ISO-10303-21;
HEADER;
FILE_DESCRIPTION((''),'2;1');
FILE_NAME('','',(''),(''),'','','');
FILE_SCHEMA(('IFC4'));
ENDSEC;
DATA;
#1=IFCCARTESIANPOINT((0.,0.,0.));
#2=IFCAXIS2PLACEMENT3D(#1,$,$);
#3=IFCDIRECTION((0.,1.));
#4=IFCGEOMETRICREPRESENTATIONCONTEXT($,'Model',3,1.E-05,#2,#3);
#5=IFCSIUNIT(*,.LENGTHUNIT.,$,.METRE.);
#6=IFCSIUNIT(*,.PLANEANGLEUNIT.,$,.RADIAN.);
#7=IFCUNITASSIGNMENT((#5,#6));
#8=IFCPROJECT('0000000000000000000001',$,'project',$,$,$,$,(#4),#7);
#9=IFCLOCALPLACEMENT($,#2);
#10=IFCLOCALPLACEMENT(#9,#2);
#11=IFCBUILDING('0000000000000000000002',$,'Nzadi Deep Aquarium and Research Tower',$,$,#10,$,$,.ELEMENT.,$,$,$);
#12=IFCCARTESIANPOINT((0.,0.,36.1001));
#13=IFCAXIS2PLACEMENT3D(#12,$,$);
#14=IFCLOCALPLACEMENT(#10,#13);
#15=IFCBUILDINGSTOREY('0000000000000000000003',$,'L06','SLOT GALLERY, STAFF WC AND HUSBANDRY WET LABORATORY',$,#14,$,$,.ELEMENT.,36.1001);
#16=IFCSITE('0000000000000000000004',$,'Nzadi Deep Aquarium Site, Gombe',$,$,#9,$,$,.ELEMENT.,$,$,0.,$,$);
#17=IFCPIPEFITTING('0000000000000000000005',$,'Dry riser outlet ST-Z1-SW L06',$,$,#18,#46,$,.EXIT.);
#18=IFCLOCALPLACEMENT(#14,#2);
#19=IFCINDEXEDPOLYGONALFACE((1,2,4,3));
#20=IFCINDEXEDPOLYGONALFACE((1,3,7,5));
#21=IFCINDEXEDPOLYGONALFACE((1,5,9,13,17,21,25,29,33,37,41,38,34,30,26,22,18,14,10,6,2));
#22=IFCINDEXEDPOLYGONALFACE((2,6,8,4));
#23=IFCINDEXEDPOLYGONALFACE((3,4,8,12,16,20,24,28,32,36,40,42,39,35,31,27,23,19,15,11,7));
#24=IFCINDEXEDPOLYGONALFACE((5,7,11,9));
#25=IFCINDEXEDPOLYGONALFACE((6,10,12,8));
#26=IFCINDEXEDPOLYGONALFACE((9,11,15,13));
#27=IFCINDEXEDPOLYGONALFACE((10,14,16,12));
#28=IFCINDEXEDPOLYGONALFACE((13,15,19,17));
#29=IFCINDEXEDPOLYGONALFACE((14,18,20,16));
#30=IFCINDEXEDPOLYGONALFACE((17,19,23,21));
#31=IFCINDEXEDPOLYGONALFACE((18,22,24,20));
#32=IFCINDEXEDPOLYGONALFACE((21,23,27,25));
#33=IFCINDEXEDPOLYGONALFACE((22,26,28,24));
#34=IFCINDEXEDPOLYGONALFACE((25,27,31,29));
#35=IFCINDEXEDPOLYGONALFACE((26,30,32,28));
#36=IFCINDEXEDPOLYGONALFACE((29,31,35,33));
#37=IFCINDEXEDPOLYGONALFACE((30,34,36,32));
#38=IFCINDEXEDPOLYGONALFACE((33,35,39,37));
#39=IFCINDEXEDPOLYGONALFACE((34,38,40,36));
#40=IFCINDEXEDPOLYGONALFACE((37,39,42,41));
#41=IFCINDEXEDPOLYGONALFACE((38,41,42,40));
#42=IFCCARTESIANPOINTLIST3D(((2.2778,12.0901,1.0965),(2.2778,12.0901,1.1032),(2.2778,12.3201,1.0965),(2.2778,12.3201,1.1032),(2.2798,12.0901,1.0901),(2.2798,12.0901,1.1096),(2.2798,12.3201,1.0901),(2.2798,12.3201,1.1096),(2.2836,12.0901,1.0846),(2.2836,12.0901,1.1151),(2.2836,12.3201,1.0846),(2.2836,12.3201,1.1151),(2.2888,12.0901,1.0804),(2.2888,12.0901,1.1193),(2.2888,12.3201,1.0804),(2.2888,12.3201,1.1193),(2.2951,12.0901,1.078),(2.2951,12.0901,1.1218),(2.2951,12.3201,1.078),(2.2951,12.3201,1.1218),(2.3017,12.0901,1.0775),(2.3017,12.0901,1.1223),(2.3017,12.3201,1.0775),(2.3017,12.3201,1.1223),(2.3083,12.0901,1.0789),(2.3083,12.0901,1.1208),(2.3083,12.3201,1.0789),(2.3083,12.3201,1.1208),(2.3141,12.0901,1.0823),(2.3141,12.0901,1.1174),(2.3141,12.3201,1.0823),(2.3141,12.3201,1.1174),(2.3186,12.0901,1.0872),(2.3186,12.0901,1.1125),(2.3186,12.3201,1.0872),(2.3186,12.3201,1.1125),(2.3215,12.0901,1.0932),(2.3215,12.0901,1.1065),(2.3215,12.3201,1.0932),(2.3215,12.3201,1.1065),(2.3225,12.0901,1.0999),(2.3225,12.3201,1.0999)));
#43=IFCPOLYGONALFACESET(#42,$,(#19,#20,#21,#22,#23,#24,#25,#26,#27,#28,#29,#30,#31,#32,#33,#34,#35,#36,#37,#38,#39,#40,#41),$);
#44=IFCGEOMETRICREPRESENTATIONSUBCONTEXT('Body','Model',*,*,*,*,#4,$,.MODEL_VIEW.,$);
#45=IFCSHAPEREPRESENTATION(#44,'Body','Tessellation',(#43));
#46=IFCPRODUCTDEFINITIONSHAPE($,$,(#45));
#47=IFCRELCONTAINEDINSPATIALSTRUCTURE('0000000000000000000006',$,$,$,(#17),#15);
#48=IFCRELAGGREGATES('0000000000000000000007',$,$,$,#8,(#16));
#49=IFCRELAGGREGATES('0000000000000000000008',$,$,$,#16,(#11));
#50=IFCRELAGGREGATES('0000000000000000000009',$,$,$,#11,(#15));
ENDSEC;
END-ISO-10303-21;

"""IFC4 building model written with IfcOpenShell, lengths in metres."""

from ifc_helpers import new_model, si_unit, direction, frame, origin, origin_2d, place, context, subcontext, project, spatial, circle, extrude, element, save


model = new_model("IFC4")

# Units and contexts
model_context = context("Model", 3, precision=1e-05, world=origin(), true_north=direction((0.0, 1.0)))
body_context = subcontext(model_context, "Body", "Model", "MODEL_VIEW")
ifc_project = project(units=[si_unit("LENGTHUNIT", "METRE"), si_unit("PLANEANGLEUNIT", "RADIAN")], contexts=[model_context])

# Site, building, storey
site_placement = place(None, origin())
site = spatial("IfcSite", under=ifc_project, at=site_placement, Name="Nzadi Deep Aquarium Site, Gombe", CompositionType="ELEMENT", RefElevation=0.0)
building_placement = place(site_placement, origin())
building = spatial("IfcBuilding", under=site, at=building_placement, Name="Nzadi Deep Aquarium and Research Tower", CompositionType="ELEMENT")
storey_placement = place(building_placement, frame((0.0, 0.0, 36.1001)))
storey = spatial("IfcBuildingStorey", under=building, at=storey_placement, Name="L06", Description="SLOT GALLERY, STAFF WC AND HUSBANDRY WET LABORATORY", CompositionType="ELEMENT", Elevation=36.1001)

# Pipe fitting
pipe_fitting_placement = place(storey_placement, frame((2.3, 12.3201, 1.0999), z_axis=(0.0, -1.0, 0.0), x_axis=(1.0, 0.0, 0.0)))
element("IfcPipeFitting", 1, at=pipe_fitting_placement, inside=storey, Name="Dry riser outlet ST-Z1-SW L06", PredefinedType="EXIT", context=body_context, shape_type="SweptSolid", body=[
    extrude(circle(Radius=0.0225, at=origin_2d()), origin(), (0.0, 0.0, 1.0), 0.23),
])

save(model, "model.ifc")
